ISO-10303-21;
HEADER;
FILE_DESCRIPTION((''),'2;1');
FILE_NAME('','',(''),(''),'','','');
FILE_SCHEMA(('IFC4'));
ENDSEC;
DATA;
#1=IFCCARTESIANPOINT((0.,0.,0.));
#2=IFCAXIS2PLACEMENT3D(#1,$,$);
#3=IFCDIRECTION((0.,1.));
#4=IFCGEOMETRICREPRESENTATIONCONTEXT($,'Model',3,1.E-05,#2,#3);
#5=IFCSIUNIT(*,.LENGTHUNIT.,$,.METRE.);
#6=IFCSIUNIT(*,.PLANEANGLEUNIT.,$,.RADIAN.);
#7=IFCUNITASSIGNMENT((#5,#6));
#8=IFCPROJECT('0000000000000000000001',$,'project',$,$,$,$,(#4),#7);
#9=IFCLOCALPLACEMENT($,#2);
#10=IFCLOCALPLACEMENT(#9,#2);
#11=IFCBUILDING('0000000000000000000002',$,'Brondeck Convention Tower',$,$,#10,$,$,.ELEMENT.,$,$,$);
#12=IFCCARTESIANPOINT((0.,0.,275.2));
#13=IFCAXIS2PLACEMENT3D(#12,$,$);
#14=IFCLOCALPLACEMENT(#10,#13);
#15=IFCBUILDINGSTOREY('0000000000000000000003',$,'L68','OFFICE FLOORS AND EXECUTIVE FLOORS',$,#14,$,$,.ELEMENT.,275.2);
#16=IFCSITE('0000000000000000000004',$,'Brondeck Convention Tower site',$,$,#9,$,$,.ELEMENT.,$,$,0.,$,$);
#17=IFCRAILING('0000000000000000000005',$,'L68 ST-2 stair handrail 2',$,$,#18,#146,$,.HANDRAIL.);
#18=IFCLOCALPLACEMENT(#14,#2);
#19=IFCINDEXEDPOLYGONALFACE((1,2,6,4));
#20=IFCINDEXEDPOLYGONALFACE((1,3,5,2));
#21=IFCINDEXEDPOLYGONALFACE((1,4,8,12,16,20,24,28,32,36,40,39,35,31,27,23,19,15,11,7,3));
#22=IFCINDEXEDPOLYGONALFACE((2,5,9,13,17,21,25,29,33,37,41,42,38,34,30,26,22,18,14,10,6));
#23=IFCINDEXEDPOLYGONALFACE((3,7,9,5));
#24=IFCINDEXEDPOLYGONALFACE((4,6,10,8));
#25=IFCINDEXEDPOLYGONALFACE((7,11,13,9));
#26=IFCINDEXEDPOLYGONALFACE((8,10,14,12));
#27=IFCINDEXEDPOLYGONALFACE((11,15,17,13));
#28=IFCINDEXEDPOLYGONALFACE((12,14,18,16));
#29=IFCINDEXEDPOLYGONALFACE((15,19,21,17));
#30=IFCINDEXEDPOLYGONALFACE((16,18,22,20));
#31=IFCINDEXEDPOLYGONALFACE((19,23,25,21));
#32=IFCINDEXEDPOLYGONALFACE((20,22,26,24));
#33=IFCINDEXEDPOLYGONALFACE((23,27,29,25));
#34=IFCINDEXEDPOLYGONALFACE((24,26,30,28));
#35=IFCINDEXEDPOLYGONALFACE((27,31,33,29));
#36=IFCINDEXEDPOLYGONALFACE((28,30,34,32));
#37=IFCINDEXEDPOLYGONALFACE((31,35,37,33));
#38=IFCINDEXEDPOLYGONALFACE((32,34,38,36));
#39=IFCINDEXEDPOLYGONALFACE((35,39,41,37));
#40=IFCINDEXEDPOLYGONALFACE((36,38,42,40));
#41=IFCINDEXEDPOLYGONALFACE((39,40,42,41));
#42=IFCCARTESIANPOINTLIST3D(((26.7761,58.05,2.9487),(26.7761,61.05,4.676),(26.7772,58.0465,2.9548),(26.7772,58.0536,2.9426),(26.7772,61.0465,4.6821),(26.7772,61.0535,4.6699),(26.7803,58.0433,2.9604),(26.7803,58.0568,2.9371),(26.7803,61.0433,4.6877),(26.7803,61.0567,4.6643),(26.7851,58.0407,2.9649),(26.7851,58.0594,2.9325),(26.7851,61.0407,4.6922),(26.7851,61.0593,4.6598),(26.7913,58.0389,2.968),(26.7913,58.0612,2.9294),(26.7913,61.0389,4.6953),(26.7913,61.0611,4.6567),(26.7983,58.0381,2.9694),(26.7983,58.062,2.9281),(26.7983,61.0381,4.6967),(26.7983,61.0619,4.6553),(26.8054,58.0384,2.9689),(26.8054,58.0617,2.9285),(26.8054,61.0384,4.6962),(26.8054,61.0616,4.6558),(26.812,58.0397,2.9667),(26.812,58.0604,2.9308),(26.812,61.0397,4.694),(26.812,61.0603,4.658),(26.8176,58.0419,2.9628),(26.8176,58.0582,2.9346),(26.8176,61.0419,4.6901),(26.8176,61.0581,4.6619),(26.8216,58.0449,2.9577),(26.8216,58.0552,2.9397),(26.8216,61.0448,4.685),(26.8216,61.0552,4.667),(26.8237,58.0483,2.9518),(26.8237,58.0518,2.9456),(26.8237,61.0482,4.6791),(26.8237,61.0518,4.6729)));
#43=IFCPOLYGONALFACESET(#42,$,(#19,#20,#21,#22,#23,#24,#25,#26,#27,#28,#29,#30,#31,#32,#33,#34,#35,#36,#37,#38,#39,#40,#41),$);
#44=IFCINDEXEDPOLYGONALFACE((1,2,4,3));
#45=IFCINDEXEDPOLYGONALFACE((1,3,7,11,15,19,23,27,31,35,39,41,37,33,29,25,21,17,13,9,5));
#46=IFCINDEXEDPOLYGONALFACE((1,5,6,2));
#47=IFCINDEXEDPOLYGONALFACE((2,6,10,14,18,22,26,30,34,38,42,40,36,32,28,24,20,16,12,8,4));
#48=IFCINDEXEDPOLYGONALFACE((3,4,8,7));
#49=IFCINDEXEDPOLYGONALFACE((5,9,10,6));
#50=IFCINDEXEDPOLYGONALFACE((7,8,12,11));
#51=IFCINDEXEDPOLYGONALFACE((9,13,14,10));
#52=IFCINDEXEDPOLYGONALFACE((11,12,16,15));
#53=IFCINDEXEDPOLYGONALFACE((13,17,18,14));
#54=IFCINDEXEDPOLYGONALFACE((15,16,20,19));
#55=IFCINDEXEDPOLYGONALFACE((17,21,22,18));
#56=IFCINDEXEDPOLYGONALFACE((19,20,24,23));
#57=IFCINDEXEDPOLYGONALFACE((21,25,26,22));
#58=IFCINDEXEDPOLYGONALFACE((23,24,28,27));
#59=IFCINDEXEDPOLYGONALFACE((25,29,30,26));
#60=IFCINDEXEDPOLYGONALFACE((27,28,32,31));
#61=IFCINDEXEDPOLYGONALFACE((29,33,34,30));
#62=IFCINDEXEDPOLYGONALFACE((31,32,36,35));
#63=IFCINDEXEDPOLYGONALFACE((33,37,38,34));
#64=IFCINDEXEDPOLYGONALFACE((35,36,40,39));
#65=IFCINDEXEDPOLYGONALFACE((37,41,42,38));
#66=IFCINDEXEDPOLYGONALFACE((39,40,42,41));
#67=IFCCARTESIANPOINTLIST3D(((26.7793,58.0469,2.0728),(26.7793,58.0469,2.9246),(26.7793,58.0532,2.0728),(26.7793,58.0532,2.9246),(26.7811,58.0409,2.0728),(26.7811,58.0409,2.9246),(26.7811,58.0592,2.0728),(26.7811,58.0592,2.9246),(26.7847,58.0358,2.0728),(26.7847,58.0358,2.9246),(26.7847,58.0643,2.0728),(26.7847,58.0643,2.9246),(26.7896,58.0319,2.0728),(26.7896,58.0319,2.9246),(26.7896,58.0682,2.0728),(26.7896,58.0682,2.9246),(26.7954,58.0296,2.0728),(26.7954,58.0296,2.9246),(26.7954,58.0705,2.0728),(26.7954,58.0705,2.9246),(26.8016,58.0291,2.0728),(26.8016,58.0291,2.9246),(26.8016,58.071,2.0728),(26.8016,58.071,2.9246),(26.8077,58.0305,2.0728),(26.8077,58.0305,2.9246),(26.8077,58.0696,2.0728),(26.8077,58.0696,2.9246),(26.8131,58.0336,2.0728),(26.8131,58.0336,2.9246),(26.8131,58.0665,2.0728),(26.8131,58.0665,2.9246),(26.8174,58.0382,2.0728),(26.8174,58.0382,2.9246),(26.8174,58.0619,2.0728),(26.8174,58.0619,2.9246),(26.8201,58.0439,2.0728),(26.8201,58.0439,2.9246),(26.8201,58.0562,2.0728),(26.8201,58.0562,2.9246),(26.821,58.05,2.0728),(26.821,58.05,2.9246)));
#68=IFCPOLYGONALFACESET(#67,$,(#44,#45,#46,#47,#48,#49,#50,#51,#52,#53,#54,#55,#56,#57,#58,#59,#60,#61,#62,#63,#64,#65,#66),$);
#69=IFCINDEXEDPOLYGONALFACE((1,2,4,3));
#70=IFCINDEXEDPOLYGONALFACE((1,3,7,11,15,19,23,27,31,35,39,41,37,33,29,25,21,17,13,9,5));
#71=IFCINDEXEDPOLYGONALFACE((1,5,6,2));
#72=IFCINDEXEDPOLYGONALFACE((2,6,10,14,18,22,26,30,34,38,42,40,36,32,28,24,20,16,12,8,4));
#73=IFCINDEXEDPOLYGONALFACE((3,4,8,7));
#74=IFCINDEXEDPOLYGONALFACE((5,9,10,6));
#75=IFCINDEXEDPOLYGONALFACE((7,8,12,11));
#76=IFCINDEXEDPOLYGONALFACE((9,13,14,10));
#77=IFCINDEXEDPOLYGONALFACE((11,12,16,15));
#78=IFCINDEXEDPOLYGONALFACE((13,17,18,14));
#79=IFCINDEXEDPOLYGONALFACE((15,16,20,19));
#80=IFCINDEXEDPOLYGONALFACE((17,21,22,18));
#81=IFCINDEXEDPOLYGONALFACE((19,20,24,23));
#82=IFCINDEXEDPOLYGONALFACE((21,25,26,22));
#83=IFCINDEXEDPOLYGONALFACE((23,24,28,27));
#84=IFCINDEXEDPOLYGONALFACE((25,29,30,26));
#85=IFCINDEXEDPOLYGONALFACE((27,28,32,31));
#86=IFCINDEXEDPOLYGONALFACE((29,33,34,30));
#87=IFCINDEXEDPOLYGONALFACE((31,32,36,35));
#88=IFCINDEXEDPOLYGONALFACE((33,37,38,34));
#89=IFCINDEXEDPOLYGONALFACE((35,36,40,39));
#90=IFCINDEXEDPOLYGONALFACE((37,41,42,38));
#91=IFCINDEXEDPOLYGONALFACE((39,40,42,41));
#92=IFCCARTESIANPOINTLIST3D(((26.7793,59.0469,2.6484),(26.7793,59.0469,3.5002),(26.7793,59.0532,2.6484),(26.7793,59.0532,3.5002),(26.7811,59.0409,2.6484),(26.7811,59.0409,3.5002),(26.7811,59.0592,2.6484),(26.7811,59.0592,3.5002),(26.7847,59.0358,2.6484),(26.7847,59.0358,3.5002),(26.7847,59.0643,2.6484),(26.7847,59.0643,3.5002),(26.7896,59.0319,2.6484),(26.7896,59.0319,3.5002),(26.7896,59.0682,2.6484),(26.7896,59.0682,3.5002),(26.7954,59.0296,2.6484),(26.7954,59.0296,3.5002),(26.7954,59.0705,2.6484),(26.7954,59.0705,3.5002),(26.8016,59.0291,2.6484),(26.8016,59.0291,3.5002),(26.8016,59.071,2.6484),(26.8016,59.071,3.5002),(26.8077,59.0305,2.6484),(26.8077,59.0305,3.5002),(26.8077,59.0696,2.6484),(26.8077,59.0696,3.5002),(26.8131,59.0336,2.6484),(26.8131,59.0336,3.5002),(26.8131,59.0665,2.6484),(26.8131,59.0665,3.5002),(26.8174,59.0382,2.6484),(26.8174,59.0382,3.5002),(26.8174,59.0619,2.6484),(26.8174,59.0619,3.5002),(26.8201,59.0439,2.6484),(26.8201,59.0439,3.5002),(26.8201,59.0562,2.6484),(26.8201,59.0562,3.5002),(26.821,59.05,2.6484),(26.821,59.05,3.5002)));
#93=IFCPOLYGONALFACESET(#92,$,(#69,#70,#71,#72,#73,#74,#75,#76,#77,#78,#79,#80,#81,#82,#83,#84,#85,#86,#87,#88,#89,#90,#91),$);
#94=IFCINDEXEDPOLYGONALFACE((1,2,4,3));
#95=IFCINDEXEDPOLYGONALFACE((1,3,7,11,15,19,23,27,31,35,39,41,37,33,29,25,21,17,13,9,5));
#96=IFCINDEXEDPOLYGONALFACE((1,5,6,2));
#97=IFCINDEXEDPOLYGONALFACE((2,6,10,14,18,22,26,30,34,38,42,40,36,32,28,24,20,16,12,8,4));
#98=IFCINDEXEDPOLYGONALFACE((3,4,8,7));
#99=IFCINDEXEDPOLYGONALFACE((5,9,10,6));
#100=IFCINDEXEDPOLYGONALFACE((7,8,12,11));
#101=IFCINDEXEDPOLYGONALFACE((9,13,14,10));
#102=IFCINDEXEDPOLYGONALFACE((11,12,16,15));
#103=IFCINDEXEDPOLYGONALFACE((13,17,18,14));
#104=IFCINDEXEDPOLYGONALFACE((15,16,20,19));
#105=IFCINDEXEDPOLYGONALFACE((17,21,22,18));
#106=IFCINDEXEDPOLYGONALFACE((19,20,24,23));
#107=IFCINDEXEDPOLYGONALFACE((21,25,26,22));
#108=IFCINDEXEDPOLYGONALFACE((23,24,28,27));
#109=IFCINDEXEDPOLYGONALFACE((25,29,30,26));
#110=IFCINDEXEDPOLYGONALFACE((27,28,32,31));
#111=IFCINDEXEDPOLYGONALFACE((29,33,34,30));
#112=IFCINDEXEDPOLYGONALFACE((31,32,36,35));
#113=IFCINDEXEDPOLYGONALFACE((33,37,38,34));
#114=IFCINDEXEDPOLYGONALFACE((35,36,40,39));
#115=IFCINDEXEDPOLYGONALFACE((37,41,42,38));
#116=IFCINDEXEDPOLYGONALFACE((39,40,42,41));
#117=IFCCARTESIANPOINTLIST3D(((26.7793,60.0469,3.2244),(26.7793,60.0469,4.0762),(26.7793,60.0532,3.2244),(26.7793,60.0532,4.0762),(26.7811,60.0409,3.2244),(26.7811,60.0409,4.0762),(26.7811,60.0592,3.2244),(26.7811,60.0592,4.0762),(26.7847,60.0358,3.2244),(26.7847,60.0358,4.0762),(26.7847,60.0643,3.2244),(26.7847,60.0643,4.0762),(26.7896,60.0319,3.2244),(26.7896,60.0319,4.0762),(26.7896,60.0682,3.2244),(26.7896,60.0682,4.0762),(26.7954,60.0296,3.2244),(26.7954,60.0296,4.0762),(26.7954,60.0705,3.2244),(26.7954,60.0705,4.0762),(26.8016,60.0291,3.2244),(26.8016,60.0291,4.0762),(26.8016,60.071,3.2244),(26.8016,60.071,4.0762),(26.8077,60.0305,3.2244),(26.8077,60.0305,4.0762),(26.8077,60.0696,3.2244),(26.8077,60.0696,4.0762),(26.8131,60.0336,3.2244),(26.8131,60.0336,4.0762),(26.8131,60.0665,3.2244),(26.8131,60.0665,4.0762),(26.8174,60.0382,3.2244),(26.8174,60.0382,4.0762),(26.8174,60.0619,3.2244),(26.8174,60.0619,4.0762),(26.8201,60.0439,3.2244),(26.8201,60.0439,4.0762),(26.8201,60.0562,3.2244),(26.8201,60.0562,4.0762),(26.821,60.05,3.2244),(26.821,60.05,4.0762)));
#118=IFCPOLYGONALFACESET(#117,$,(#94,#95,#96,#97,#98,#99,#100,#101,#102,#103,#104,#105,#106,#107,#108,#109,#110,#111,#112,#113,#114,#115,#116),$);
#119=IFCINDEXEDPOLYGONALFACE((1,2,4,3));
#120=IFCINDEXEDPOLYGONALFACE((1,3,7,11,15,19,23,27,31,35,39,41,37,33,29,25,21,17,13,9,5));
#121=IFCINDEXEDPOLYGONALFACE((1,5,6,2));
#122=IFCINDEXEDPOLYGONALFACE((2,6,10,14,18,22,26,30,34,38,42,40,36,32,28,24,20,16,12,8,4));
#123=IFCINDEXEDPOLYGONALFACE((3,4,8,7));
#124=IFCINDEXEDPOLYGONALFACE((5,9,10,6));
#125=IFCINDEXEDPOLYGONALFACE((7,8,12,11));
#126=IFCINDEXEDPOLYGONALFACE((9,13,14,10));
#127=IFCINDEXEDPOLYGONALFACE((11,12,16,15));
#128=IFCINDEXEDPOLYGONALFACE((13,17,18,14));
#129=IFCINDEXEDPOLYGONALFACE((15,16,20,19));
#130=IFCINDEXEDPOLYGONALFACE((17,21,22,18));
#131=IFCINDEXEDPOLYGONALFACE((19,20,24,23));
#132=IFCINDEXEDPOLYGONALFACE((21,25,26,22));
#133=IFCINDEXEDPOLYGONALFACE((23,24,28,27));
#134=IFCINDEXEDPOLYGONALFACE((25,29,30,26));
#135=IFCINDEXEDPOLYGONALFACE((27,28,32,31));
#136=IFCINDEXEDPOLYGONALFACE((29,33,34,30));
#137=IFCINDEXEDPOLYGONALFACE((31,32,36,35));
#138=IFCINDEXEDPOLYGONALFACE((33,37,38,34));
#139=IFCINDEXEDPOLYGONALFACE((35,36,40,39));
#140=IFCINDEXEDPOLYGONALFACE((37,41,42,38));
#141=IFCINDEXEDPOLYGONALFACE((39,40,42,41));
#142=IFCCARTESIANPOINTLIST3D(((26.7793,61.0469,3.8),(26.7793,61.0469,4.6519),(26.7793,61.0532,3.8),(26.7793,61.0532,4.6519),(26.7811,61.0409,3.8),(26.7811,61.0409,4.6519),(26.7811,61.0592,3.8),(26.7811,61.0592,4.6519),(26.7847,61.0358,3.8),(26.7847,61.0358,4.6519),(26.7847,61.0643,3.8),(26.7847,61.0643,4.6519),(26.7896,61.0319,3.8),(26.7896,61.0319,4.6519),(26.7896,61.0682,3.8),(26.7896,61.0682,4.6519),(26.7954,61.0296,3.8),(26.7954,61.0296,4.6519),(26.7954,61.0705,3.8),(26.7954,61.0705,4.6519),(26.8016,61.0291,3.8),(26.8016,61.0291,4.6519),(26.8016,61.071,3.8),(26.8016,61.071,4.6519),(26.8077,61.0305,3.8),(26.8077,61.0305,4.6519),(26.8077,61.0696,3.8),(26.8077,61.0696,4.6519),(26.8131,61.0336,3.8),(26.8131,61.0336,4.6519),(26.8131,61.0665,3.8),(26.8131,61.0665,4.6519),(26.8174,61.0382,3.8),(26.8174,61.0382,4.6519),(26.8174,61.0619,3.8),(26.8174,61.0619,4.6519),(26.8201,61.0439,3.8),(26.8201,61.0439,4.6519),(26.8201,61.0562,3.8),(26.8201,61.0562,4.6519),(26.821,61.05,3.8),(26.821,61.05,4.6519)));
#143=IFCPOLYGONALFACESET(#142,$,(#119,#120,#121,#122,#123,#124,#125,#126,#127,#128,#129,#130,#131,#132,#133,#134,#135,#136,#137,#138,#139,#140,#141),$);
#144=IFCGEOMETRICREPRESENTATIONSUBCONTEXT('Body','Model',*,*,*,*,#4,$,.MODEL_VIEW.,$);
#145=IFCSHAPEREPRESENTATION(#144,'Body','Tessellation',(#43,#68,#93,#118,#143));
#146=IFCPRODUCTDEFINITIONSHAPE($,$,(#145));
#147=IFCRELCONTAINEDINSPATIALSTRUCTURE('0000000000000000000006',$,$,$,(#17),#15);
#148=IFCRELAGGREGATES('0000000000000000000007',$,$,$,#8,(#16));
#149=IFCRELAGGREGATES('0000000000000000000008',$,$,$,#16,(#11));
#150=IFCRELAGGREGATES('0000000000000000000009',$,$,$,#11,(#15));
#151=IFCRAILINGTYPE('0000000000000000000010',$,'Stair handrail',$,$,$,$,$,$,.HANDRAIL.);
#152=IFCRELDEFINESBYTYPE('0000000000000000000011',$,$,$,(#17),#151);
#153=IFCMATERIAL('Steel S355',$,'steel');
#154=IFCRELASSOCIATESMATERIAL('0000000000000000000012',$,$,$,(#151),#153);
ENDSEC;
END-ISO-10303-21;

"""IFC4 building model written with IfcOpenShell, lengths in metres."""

from ifc_helpers import new_model, si_unit, direction, frame, origin, origin_2d, place, context, subcontext, project, spatial, circle, extrude, material, type_object, element, save


model = new_model("IFC4")

# Units and contexts
model_context = context("Model", 3, precision=1e-05, world=origin(), true_north=direction((0.0, 1.0)))
body_context = subcontext(model_context, "Body", "Model", "MODEL_VIEW")
ifc_project = project(units=[si_unit("LENGTHUNIT", "METRE"), si_unit("PLANEANGLEUNIT", "RADIAN")], contexts=[model_context])

# Site, building, storey
site_placement = place(None, origin())
site = spatial("IfcSite", under=ifc_project, at=site_placement, Name="Brondeck Convention Tower site", CompositionType="ELEMENT", RefElevation=0.0)
building_placement = place(site_placement, origin())
building = spatial("IfcBuilding", under=site, at=building_placement, Name="Brondeck Convention Tower", CompositionType="ELEMENT")
storey_placement = place(building_placement, frame((0.0, 0.0, 275.2)))
storey = spatial("IfcBuildingStorey", under=building, at=storey_placement, Name="L68", Description="OFFICE FLOORS AND EXECUTIVE FLOORS", CompositionType="ELEMENT", Elevation=275.2)

# Railing
ifc_material_1 = material(Name="Steel S355", Category="steel")
railing_type_1 = type_object("IfcRailingType", Name="Stair handrail", PredefinedType="HANDRAIL", material=ifc_material_1)
railing_1_placement = place(storey_placement, frame((26.8, 58.05, 2.0728)))
element("IfcRailing", 1, at=railing_1_placement, inside=storey, type_object=railing_type_1, Name="L68 ST-2 stair handrail 2", PredefinedType="HANDRAIL", context=body_context, shape_type="SweptSolid", body=[
    extrude(circle(Radius=0.0239, at=origin_2d()), frame((0.0, 0.0, 0.876), z_axis=(0.0, 0.86662, 0.498969), x_axis=(-1.0, 0.0, 0.0)), (0.0, 0.0, 1.0), 3.4617),
    extrude(circle(Radius=0.021, at=origin_2d()), origin(), (0.0, 0.0, 1.0), 0.8518),
    extrude(circle(Radius=0.021, at=origin_2d()), frame((0.0, 1.0, 0.5757)), (0.0, 0.0, 1.0), 0.8518),
    extrude(circle(Radius=0.021, at=origin_2d()), frame((0.0, 2.0, 1.1516)), (0.0, 0.0, 1.0), 0.8518),
    extrude(circle(Radius=0.021, at=origin_2d()), frame((0.0, 3.0, 1.7273)), (0.0, 0.0, 1.0), 0.8518),
])

save(model, "model.ifc")
